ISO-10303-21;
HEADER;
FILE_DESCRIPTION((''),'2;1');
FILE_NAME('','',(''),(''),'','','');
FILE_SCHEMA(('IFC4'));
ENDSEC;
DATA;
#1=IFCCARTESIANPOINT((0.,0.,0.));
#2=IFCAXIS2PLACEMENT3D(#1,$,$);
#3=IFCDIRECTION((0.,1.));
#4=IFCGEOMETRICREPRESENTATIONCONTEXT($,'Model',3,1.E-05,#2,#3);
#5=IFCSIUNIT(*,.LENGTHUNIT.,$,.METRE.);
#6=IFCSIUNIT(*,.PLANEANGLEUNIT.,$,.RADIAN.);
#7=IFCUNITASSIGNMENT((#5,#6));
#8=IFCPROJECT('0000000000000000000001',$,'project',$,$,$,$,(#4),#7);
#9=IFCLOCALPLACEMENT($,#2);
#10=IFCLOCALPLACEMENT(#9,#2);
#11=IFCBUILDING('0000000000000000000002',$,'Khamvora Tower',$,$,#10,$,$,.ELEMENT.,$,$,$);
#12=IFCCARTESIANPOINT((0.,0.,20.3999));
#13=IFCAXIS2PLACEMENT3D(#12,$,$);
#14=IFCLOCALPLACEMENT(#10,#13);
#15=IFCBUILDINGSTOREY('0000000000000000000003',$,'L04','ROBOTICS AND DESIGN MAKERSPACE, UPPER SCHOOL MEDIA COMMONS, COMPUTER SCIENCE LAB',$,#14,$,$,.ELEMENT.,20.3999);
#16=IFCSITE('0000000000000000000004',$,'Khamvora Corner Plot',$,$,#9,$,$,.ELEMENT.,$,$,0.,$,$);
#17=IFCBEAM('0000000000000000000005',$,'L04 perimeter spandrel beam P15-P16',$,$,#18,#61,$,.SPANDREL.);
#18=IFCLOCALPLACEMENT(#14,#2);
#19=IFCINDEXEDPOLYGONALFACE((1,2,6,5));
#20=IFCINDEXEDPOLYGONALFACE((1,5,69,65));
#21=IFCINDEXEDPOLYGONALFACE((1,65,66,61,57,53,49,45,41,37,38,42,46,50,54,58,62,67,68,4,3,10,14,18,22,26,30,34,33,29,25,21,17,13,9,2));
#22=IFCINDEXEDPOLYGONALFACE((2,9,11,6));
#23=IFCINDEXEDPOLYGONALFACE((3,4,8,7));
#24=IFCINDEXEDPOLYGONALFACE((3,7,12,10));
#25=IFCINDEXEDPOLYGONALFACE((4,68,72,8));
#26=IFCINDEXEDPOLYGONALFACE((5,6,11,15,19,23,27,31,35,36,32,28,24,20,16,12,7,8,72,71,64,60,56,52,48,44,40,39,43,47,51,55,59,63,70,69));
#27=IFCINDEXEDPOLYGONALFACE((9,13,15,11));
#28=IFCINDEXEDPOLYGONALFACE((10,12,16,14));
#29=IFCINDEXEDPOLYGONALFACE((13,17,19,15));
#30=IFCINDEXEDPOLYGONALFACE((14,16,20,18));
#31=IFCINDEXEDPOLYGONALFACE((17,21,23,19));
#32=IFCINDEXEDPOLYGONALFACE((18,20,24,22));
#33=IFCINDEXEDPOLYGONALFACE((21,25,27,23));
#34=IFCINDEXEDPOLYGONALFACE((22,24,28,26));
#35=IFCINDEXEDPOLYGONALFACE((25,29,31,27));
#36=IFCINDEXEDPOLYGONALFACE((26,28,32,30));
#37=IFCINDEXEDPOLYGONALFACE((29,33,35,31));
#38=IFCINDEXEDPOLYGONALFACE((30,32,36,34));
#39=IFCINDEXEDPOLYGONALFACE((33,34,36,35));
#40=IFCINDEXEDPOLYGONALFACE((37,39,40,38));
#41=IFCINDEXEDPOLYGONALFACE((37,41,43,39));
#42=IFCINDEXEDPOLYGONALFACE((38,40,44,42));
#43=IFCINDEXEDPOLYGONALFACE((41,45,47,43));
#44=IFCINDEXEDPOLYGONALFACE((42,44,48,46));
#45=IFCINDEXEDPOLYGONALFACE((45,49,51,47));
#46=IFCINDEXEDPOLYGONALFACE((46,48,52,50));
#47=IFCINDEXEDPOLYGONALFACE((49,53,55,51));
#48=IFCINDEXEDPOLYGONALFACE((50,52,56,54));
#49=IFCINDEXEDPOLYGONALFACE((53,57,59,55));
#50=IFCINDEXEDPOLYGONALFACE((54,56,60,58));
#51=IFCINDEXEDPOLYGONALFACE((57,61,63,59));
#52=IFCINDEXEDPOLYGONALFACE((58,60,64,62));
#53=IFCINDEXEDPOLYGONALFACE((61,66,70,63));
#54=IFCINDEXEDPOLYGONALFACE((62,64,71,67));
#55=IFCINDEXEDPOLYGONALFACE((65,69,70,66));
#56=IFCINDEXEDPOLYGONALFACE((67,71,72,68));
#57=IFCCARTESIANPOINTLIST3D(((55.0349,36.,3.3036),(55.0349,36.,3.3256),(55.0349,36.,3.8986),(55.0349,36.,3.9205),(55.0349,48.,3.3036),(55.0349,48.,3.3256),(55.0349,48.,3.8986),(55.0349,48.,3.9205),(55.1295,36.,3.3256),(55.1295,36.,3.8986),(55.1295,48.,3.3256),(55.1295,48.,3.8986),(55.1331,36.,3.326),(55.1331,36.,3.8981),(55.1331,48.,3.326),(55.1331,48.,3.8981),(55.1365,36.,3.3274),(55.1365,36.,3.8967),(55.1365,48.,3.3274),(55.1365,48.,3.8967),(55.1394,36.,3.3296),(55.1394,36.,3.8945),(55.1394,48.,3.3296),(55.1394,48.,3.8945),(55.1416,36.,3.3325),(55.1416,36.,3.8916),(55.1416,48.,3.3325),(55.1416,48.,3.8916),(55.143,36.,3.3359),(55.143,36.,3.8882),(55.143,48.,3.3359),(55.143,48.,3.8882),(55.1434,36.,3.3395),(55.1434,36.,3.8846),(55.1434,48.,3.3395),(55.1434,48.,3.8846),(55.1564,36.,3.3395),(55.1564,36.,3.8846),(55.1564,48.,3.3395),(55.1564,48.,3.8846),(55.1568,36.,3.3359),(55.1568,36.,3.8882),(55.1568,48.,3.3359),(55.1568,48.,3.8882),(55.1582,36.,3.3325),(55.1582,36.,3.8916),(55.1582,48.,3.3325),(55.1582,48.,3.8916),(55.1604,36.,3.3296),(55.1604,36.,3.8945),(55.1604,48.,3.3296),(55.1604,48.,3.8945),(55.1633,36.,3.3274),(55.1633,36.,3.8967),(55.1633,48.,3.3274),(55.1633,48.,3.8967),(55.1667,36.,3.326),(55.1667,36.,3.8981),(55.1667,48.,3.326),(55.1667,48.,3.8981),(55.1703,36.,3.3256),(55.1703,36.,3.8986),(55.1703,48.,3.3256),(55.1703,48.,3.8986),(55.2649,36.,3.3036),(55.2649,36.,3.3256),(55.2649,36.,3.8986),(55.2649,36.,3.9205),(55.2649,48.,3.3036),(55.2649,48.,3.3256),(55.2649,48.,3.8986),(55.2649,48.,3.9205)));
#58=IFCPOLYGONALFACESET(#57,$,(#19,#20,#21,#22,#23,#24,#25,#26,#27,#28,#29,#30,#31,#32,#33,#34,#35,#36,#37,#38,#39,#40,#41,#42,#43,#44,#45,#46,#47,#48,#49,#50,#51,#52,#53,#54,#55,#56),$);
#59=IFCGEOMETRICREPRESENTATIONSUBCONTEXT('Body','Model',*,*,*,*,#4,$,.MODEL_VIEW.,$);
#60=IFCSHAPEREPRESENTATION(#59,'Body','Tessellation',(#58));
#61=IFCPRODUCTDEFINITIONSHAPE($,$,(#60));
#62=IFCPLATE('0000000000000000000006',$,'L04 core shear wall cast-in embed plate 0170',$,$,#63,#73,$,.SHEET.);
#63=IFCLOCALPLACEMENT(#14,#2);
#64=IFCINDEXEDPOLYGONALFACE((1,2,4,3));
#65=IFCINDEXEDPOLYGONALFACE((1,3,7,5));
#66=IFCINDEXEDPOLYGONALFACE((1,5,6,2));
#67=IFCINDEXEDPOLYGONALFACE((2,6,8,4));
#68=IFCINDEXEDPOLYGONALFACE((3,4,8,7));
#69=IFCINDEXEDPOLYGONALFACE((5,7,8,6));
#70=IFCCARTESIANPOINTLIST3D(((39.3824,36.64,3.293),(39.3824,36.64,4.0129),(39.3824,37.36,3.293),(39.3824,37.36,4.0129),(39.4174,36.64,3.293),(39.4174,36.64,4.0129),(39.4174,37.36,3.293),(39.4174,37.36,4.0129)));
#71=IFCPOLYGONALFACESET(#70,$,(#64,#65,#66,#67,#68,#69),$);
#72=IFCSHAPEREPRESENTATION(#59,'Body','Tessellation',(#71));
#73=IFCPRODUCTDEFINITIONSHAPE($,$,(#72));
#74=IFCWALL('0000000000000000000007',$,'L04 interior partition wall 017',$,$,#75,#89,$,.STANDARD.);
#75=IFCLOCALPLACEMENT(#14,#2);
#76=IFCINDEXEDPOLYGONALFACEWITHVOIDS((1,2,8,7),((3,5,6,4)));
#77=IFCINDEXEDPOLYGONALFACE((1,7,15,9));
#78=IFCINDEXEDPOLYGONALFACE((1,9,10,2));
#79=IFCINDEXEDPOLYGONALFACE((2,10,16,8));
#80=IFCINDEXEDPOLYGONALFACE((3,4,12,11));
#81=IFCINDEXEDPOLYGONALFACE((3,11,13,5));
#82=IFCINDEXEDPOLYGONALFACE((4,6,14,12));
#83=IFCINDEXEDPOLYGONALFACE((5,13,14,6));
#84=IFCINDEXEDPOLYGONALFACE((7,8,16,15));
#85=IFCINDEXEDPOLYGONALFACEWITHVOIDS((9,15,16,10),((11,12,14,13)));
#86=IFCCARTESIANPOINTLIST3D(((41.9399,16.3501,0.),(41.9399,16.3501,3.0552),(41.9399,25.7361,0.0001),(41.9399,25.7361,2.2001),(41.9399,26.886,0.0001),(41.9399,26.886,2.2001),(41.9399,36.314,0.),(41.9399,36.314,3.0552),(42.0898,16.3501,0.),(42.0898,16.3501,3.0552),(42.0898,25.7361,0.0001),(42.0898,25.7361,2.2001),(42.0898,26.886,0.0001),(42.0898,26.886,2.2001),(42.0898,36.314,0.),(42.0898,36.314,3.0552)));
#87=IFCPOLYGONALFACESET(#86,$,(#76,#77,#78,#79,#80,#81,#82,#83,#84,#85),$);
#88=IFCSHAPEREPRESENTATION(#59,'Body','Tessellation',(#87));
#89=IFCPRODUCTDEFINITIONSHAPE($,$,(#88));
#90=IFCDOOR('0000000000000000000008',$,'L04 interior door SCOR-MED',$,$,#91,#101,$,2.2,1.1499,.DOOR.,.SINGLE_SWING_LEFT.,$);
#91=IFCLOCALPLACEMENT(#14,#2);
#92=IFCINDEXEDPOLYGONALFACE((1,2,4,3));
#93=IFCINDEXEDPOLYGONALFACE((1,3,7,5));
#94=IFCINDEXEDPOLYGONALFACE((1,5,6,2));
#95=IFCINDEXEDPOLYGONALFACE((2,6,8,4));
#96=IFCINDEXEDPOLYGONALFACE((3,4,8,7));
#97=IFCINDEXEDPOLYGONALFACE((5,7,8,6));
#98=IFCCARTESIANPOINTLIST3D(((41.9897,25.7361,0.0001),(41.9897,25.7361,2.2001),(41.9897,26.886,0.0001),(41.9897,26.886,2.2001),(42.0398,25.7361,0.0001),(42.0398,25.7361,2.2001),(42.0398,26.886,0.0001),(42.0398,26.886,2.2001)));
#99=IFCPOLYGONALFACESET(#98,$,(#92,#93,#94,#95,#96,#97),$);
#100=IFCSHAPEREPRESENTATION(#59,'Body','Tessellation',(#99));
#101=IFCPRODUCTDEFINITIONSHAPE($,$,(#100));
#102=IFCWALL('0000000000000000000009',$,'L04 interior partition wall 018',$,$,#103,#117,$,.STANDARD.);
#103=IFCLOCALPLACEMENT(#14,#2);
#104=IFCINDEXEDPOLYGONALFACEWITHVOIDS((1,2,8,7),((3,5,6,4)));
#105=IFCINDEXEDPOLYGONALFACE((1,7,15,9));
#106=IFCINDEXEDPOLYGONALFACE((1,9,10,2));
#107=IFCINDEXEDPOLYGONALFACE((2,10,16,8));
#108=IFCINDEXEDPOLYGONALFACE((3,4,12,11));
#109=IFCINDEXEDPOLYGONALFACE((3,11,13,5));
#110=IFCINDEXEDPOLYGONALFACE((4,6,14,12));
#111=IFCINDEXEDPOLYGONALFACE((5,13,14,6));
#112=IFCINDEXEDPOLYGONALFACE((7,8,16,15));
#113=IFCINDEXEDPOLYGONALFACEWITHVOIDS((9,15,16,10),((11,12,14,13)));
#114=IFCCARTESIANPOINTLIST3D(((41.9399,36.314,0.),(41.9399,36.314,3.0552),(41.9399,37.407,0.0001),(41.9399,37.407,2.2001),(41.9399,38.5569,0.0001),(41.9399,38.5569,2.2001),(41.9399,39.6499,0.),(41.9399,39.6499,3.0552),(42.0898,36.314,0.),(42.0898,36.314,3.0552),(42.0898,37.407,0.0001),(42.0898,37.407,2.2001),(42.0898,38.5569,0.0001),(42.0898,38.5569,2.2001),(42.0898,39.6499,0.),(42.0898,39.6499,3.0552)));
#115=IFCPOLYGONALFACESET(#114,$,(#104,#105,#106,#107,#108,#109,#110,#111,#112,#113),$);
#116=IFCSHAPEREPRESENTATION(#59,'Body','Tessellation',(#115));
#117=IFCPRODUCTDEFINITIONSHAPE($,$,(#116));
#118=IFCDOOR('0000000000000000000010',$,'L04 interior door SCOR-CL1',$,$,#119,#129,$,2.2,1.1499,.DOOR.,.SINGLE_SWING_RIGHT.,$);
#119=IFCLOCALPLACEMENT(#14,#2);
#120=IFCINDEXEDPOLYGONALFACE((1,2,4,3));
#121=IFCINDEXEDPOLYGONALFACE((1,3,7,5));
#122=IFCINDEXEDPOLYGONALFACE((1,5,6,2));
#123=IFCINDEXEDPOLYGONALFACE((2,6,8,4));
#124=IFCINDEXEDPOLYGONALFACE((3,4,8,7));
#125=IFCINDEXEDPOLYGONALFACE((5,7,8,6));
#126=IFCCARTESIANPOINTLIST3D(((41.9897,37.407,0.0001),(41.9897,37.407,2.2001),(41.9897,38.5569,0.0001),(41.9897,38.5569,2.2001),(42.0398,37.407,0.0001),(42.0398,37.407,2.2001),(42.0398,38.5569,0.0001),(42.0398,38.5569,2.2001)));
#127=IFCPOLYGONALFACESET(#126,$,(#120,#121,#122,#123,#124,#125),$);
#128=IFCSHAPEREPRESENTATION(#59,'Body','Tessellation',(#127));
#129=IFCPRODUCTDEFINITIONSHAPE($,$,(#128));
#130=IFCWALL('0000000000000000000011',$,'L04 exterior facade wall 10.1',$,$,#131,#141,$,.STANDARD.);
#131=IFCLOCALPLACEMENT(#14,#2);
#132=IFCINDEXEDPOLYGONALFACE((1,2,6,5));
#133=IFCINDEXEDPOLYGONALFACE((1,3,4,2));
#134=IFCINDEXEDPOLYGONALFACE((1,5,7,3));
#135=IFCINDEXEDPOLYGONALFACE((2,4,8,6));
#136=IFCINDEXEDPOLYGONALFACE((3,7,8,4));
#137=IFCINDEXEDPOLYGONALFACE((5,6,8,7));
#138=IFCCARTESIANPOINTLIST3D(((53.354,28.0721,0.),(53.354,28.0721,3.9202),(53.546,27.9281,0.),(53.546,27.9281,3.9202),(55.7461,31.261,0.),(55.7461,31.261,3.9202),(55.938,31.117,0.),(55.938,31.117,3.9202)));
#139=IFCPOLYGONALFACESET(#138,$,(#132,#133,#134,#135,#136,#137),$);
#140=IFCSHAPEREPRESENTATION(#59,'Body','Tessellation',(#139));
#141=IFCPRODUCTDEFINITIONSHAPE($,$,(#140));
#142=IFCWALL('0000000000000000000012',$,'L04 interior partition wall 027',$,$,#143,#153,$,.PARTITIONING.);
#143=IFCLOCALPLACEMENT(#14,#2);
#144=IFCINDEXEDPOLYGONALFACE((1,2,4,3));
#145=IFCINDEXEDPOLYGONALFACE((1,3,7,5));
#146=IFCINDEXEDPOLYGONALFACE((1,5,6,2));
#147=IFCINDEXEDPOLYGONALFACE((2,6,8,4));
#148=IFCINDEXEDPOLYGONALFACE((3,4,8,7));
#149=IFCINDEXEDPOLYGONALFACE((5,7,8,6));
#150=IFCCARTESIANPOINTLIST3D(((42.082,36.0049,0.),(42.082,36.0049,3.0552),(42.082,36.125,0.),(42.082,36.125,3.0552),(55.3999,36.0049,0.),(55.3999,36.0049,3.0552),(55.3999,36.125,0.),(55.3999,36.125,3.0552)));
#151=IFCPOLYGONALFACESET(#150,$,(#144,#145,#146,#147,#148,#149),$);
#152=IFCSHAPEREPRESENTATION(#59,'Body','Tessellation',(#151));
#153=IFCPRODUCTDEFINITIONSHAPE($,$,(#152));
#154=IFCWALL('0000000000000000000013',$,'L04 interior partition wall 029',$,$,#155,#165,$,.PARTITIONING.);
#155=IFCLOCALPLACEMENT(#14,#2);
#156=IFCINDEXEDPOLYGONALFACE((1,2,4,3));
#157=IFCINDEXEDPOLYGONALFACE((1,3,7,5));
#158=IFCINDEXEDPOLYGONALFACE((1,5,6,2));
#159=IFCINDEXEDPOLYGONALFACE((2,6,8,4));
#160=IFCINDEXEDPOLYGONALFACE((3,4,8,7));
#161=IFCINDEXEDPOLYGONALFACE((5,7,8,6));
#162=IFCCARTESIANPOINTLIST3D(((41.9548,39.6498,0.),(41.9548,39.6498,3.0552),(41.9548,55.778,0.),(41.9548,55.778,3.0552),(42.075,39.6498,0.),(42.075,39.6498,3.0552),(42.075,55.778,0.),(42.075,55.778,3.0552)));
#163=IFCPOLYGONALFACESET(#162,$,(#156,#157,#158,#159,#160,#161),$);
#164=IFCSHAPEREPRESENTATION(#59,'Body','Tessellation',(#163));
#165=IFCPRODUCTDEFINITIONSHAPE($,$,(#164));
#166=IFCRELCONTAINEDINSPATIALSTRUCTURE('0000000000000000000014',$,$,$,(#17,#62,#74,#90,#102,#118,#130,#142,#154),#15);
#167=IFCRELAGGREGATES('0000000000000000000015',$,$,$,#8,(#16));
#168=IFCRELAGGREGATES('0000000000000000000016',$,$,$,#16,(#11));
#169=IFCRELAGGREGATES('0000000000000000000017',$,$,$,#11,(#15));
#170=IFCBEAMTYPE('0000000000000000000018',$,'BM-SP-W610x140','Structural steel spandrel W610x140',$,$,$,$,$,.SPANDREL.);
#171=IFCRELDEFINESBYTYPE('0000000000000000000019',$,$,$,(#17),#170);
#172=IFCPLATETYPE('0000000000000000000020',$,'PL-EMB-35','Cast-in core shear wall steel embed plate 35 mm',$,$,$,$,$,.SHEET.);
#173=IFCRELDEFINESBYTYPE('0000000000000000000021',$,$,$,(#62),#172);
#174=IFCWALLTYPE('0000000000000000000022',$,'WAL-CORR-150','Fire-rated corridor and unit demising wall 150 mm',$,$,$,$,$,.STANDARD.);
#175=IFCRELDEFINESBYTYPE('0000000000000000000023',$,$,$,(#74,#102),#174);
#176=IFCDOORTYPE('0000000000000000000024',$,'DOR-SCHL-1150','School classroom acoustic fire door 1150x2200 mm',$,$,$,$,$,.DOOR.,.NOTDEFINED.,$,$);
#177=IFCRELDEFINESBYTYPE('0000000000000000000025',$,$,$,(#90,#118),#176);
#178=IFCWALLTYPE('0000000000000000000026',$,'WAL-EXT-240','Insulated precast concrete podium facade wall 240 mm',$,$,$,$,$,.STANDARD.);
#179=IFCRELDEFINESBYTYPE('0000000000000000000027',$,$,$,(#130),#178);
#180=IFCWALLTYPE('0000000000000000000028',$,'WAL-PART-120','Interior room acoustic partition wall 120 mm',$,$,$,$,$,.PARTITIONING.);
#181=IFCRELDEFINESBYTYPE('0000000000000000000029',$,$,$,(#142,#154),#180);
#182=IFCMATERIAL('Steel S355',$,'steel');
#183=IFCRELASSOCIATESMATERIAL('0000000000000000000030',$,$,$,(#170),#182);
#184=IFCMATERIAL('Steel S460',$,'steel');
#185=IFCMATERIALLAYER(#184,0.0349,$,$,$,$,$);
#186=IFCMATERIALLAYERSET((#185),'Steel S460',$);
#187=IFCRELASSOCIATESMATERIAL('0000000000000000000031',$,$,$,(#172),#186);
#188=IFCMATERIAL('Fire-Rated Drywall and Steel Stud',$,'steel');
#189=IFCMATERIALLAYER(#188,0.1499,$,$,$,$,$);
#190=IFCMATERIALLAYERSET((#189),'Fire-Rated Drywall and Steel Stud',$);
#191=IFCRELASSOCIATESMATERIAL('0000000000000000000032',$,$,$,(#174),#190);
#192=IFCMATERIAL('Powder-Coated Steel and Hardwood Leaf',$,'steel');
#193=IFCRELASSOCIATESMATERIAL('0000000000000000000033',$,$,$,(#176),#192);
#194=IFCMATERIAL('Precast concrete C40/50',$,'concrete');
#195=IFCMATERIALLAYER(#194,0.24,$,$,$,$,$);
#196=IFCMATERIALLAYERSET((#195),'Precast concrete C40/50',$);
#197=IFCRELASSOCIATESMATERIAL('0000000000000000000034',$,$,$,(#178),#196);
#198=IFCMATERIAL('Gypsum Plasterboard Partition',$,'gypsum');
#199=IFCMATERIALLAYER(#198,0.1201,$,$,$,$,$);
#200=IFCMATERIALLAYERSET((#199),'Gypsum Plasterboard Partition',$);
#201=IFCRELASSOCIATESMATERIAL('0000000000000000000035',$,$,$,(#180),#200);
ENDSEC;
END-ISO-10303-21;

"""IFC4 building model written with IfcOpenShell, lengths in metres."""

from ifc_helpers import new_model, si_unit, direction, frame, frame_2d, origin, origin_2d, place, context, subcontext, project, spatial, rectangle, i_section, extrude, material, layer, layer_set, material_profile, profile_set, type_object, element, fill, save


model = new_model("IFC4")

# Units and contexts
model_context = context("Model", 3, precision=1e-05, world=origin(), true_north=direction((0.0, 1.0)))
body_context = subcontext(model_context, "Body", "Model", "MODEL_VIEW")
ifc_project = project(units=[si_unit("LENGTHUNIT", "METRE"), si_unit("PLANEANGLEUNIT", "RADIAN")], contexts=[model_context])

# Site, building, storey
site_placement = place(None, origin())
site = spatial("IfcSite", under=ifc_project, at=site_placement, Name="Khamvora Corner Plot", CompositionType="ELEMENT", RefElevation=0.0)
building_placement = place(site_placement, origin())
building = spatial("IfcBuilding", under=site, at=building_placement, Name="Khamvora Tower", CompositionType="ELEMENT")
storey_placement = place(building_placement, frame((0.0, 0.0, 20.3999)))
storey = spatial("IfcBuildingStorey", under=building, at=storey_placement, Name="L04", Description="ROBOTICS AND DESIGN MAKERSPACE, UPPER SCHOOL MEDIA COMMONS, COMPUTER SCIENCE LAB", CompositionType="ELEMENT", Elevation=20.3999)

# Shared definitions
ifc_material_1 = material(Name="Steel S460", Category="steel")

# Beam
ifc_material_2 = material(Name="Steel S355", Category="steel")
ifc_material_profile_1 = material_profile(ifc_material_2, i_section(OverallWidth=0.23, OverallDepth=0.6169, WebThickness=0.0129, FlangeThickness=0.022, FilletRadius=0.0139, at=origin_2d()), Name="W610x140")
ifc_profile_set_1 = profile_set([ifc_material_profile_1], Name="Steel S355")
beam_type_1 = type_object("IfcBeamType", Name="BM-SP-W610x140", Description="Structural steel spandrel W610x140", PredefinedType="SPANDREL", material=ifc_profile_set_1)
beam_1_placement = place(storey_placement, frame((55.1499, 36.0, 3.6121), z_axis=(0.0, 1.0, 0.0), x_axis=(-1.0, 0.0, 0.0)))
element("IfcBeam", 1, at=beam_1_placement, inside=storey, type_object=beam_type_1, Name="L04 perimeter spandrel beam P15-P16", PredefinedType="SPANDREL", context=body_context, shape_type="SweptSolid", body=[
    extrude(i_section(OverallWidth=0.23, OverallDepth=0.6169, WebThickness=0.0129, FlangeThickness=0.022, FilletRadius=0.0139, at=origin_2d()), origin(), (0.0, 0.0, 1.0), 12.0),
])

# Plate
ifc_layer_1 = layer(ifc_material_1, 0.0349)
ifc_layer_set_1 = layer_set([ifc_layer_1], Name="Steel S460")
plate_type = type_object("IfcPlateType", Name="PL-EMB-35", Description="Cast-in core shear wall steel embed plate 35 mm", PredefinedType="SHEET", material=ifc_layer_set_1)
plate_placement = place(storey_placement, frame((39.3999, 37.0, 3.293), z_axis=(0.0, 0.0, 1.0), x_axis=(1.0, 0.0, 0.0)))
element("IfcPlate", 2, at=plate_placement, inside=storey, type_object=plate_type, Name="L04 core shear wall cast-in embed plate 0170", PredefinedType="SHEET", context=body_context, shape_type="SweptSolid", body=[
    extrude(rectangle(XDim=0.0349, YDim=0.72, at=origin_2d()), origin(), (0.0, 0.0, 1.0), 0.72),
])

# Walls, openings, doors
ifc_material_3 = material(Name="Fire-Rated Drywall and Steel Stud", Category="steel")
ifc_layer_2 = layer(ifc_material_3, 0.1499)
ifc_layer_set_2 = layer_set([ifc_layer_2], Name="Fire-Rated Drywall and Steel Stud")
wall_type_1 = type_object("IfcWallType", Name="WAL-CORR-150", Description="Fire-rated corridor and unit demising wall 150 mm", PredefinedType="STANDARD", material=ifc_layer_set_2)
wall_1_placement = place(storey_placement, frame((42.0149, 36.314, 0.0), z_axis=(0.0, 0.0, 1.0), x_axis=(0.0, -1.0, 0.0)))
wall_1 = element("IfcWall", 3, at=wall_1_placement, inside=storey, type_object=wall_type_1, Name="L04 interior partition wall 017", PredefinedType="STANDARD", context=body_context, shape_type="SweptSolid", body=[
    extrude(rectangle(XDim=19.9639, YDim=0.1499, at=frame_2d((9.9819, 0.0))), origin(), (0.0, 0.0, 1.0), 3.0552),
])
opening_1_placement = place(wall_1_placement, frame((9.428, 0.0, 0.0)))
opening_1 = element("IfcOpeningElement", 4, at=opening_1_placement, cuts=wall_1, PredefinedType="OPENING", context=body_context, shape_type="SweptSolid", body=[
    extrude(rectangle(XDim=1.1499, YDim=2.2, at=frame_2d((0.575, 1.1001))), frame((0.0, 0.085, 0.0), z_axis=(0.0, -1.0, 0.0), x_axis=(1.0, 0.0, 0.0)), (0.0, 0.0, 1.0), 0.1699),
])
ifc_material_4 = material(Name="Powder-Coated Steel and Hardwood Leaf", Category="steel")
door_type = type_object("IfcDoorType", Name="DOR-SCHL-1150", Description="School classroom acoustic fire door 1150x2200 mm", OperationType="NOTDEFINED", PredefinedType="DOOR", material=ifc_material_4)
door_1_placement = place(opening_1_placement, origin())
door_1 = element("IfcDoor", 5, at=door_1_placement, inside=storey, type_object=door_type, Name="L04 interior door SCOR-MED", OperationType="SINGLE_SWING_LEFT", OverallHeight=2.2, OverallWidth=1.1499, PredefinedType="DOOR", context=body_context, shape_type="SweptSolid", body=[
    extrude(rectangle(XDim=1.1499, YDim=2.2, at=frame_2d((0.575, 1.1001))), frame((0.0, 0.0249, 0.0), z_axis=(0.0, -1.0, 0.0), x_axis=(1.0, 0.0, 0.0)), (0.0, 0.0, 1.0), 0.05),
])
fill(opening_1, door_1)
wall_2_placement = place(storey_placement, frame((42.0149, 39.6499, 0.0), z_axis=(0.0, 0.0, 1.0), x_axis=(0.0, -1.0, 0.0)))
wall_2 = element("IfcWall", 6, at=wall_2_placement, inside=storey, type_object=wall_type_1, Name="L04 interior partition wall 018", PredefinedType="STANDARD", context=body_context, shape_type="SweptSolid", body=[
    extrude(rectangle(XDim=3.3359, YDim=0.1499, at=frame_2d((1.668, 0.0))), origin(), (0.0, 0.0, 1.0), 3.0552),
])
opening_2_placement = place(wall_2_placement, frame((1.093, 0.0, 0.0)))
opening_2 = element("IfcOpeningElement", 7, at=opening_2_placement, cuts=wall_2, PredefinedType="OPENING", context=body_context, shape_type="SweptSolid", body=[
    extrude(rectangle(XDim=1.1499, YDim=2.2, at=frame_2d((0.575, 1.1001))), frame((0.0, 0.085, 0.0), z_axis=(0.0, -1.0, 0.0), x_axis=(1.0, 0.0, 0.0)), (0.0, 0.0, 1.0), 0.1699),
])
door_2_placement = place(opening_2_placement, origin())
door_2 = element("IfcDoor", 8, at=door_2_placement, inside=storey, type_object=door_type, Name="L04 interior door SCOR-CL1", OperationType="SINGLE_SWING_RIGHT", OverallHeight=2.2, OverallWidth=1.1499, PredefinedType="DOOR", context=body_context, shape_type="SweptSolid", body=[
    extrude(rectangle(XDim=1.1499, YDim=2.2, at=frame_2d((0.575, 1.1001))), frame((0.0, 0.0249, 0.0), z_axis=(0.0, -1.0, 0.0), x_axis=(1.0, 0.0, 0.0)), (0.0, 0.0, 1.0), 0.05),
])
fill(opening_2, door_2)

# Walls
ifc_material_5 = material(Name="Precast concrete C40/50", Category="concrete")
ifc_layer_3 = layer(ifc_material_5, 0.24)
ifc_layer_set_3 = layer_set([ifc_layer_3], Name="Precast concrete C40/50")
wall_type_2 = type_object("IfcWallType", Name="WAL-EXT-240", Description="Insulated precast concrete podium facade wall 240 mm", PredefinedType="STANDARD", material=ifc_layer_set_3)
wall_3_placement = place(storey_placement, frame((55.842, 31.189, 0.0), z_axis=(0.0, 0.0, 1.0), x_axis=(-0.600059, -0.799956, 0.0)))
element("IfcWall", 9, at=wall_3_placement, inside=storey, type_object=wall_type_2, Name="L04 exterior facade wall 10.1", PredefinedType="STANDARD", context=body_context, shape_type="SweptSolid", body=[
    extrude(rectangle(XDim=3.9863, YDim=0.24, at=frame_2d((1.9932, 0.0))), origin(), (0.0, 0.0, 1.0), 3.9202),
])
ifc_material_6 = material(Name="Gypsum Plasterboard Partition", Category="gypsum")
ifc_layer_4 = layer(ifc_material_6, 0.1201)
ifc_layer_set_4 = layer_set([ifc_layer_4], Name="Gypsum Plasterboard Partition")
wall_type_3 = type_object("IfcWallType", Name="WAL-PART-120", Description="Interior room acoustic partition wall 120 mm", PredefinedType="PARTITIONING", material=ifc_layer_set_4)
wall_4_placement = place(storey_placement, frame((42.082, 36.0649, 0.0), z_axis=(0.0, 0.0, 1.0), x_axis=(1.0, 0.0, 0.0)))
element("IfcWall", 10, at=wall_4_placement, inside=storey, type_object=wall_type_3, Name="L04 interior partition wall 027", PredefinedType="PARTITIONING", context=body_context, shape_type="SweptSolid", body=[
    extrude(rectangle(XDim=13.3179, YDim=0.1201, at=frame_2d((6.6589, 0.0))), origin(), (0.0, 0.0, 1.0), 3.0552),
])
wall_5_placement = place(storey_placement, frame((42.0149, 39.6499, 0.0), z_axis=(0.0, 0.0, 1.0), x_axis=(0.0, 1.0, 0.0)))
element("IfcWall", 11, at=wall_5_placement, inside=storey, type_object=wall_type_3, Name="L04 interior partition wall 029", PredefinedType="PARTITIONING", context=body_context, shape_type="SweptSolid", body=[
    extrude(rectangle(XDim=16.1282, YDim=0.1201, at=frame_2d((8.064, 0.0))), origin(), (0.0, 0.0, 1.0), 3.0552),
])

save(model, "model.ifc")
